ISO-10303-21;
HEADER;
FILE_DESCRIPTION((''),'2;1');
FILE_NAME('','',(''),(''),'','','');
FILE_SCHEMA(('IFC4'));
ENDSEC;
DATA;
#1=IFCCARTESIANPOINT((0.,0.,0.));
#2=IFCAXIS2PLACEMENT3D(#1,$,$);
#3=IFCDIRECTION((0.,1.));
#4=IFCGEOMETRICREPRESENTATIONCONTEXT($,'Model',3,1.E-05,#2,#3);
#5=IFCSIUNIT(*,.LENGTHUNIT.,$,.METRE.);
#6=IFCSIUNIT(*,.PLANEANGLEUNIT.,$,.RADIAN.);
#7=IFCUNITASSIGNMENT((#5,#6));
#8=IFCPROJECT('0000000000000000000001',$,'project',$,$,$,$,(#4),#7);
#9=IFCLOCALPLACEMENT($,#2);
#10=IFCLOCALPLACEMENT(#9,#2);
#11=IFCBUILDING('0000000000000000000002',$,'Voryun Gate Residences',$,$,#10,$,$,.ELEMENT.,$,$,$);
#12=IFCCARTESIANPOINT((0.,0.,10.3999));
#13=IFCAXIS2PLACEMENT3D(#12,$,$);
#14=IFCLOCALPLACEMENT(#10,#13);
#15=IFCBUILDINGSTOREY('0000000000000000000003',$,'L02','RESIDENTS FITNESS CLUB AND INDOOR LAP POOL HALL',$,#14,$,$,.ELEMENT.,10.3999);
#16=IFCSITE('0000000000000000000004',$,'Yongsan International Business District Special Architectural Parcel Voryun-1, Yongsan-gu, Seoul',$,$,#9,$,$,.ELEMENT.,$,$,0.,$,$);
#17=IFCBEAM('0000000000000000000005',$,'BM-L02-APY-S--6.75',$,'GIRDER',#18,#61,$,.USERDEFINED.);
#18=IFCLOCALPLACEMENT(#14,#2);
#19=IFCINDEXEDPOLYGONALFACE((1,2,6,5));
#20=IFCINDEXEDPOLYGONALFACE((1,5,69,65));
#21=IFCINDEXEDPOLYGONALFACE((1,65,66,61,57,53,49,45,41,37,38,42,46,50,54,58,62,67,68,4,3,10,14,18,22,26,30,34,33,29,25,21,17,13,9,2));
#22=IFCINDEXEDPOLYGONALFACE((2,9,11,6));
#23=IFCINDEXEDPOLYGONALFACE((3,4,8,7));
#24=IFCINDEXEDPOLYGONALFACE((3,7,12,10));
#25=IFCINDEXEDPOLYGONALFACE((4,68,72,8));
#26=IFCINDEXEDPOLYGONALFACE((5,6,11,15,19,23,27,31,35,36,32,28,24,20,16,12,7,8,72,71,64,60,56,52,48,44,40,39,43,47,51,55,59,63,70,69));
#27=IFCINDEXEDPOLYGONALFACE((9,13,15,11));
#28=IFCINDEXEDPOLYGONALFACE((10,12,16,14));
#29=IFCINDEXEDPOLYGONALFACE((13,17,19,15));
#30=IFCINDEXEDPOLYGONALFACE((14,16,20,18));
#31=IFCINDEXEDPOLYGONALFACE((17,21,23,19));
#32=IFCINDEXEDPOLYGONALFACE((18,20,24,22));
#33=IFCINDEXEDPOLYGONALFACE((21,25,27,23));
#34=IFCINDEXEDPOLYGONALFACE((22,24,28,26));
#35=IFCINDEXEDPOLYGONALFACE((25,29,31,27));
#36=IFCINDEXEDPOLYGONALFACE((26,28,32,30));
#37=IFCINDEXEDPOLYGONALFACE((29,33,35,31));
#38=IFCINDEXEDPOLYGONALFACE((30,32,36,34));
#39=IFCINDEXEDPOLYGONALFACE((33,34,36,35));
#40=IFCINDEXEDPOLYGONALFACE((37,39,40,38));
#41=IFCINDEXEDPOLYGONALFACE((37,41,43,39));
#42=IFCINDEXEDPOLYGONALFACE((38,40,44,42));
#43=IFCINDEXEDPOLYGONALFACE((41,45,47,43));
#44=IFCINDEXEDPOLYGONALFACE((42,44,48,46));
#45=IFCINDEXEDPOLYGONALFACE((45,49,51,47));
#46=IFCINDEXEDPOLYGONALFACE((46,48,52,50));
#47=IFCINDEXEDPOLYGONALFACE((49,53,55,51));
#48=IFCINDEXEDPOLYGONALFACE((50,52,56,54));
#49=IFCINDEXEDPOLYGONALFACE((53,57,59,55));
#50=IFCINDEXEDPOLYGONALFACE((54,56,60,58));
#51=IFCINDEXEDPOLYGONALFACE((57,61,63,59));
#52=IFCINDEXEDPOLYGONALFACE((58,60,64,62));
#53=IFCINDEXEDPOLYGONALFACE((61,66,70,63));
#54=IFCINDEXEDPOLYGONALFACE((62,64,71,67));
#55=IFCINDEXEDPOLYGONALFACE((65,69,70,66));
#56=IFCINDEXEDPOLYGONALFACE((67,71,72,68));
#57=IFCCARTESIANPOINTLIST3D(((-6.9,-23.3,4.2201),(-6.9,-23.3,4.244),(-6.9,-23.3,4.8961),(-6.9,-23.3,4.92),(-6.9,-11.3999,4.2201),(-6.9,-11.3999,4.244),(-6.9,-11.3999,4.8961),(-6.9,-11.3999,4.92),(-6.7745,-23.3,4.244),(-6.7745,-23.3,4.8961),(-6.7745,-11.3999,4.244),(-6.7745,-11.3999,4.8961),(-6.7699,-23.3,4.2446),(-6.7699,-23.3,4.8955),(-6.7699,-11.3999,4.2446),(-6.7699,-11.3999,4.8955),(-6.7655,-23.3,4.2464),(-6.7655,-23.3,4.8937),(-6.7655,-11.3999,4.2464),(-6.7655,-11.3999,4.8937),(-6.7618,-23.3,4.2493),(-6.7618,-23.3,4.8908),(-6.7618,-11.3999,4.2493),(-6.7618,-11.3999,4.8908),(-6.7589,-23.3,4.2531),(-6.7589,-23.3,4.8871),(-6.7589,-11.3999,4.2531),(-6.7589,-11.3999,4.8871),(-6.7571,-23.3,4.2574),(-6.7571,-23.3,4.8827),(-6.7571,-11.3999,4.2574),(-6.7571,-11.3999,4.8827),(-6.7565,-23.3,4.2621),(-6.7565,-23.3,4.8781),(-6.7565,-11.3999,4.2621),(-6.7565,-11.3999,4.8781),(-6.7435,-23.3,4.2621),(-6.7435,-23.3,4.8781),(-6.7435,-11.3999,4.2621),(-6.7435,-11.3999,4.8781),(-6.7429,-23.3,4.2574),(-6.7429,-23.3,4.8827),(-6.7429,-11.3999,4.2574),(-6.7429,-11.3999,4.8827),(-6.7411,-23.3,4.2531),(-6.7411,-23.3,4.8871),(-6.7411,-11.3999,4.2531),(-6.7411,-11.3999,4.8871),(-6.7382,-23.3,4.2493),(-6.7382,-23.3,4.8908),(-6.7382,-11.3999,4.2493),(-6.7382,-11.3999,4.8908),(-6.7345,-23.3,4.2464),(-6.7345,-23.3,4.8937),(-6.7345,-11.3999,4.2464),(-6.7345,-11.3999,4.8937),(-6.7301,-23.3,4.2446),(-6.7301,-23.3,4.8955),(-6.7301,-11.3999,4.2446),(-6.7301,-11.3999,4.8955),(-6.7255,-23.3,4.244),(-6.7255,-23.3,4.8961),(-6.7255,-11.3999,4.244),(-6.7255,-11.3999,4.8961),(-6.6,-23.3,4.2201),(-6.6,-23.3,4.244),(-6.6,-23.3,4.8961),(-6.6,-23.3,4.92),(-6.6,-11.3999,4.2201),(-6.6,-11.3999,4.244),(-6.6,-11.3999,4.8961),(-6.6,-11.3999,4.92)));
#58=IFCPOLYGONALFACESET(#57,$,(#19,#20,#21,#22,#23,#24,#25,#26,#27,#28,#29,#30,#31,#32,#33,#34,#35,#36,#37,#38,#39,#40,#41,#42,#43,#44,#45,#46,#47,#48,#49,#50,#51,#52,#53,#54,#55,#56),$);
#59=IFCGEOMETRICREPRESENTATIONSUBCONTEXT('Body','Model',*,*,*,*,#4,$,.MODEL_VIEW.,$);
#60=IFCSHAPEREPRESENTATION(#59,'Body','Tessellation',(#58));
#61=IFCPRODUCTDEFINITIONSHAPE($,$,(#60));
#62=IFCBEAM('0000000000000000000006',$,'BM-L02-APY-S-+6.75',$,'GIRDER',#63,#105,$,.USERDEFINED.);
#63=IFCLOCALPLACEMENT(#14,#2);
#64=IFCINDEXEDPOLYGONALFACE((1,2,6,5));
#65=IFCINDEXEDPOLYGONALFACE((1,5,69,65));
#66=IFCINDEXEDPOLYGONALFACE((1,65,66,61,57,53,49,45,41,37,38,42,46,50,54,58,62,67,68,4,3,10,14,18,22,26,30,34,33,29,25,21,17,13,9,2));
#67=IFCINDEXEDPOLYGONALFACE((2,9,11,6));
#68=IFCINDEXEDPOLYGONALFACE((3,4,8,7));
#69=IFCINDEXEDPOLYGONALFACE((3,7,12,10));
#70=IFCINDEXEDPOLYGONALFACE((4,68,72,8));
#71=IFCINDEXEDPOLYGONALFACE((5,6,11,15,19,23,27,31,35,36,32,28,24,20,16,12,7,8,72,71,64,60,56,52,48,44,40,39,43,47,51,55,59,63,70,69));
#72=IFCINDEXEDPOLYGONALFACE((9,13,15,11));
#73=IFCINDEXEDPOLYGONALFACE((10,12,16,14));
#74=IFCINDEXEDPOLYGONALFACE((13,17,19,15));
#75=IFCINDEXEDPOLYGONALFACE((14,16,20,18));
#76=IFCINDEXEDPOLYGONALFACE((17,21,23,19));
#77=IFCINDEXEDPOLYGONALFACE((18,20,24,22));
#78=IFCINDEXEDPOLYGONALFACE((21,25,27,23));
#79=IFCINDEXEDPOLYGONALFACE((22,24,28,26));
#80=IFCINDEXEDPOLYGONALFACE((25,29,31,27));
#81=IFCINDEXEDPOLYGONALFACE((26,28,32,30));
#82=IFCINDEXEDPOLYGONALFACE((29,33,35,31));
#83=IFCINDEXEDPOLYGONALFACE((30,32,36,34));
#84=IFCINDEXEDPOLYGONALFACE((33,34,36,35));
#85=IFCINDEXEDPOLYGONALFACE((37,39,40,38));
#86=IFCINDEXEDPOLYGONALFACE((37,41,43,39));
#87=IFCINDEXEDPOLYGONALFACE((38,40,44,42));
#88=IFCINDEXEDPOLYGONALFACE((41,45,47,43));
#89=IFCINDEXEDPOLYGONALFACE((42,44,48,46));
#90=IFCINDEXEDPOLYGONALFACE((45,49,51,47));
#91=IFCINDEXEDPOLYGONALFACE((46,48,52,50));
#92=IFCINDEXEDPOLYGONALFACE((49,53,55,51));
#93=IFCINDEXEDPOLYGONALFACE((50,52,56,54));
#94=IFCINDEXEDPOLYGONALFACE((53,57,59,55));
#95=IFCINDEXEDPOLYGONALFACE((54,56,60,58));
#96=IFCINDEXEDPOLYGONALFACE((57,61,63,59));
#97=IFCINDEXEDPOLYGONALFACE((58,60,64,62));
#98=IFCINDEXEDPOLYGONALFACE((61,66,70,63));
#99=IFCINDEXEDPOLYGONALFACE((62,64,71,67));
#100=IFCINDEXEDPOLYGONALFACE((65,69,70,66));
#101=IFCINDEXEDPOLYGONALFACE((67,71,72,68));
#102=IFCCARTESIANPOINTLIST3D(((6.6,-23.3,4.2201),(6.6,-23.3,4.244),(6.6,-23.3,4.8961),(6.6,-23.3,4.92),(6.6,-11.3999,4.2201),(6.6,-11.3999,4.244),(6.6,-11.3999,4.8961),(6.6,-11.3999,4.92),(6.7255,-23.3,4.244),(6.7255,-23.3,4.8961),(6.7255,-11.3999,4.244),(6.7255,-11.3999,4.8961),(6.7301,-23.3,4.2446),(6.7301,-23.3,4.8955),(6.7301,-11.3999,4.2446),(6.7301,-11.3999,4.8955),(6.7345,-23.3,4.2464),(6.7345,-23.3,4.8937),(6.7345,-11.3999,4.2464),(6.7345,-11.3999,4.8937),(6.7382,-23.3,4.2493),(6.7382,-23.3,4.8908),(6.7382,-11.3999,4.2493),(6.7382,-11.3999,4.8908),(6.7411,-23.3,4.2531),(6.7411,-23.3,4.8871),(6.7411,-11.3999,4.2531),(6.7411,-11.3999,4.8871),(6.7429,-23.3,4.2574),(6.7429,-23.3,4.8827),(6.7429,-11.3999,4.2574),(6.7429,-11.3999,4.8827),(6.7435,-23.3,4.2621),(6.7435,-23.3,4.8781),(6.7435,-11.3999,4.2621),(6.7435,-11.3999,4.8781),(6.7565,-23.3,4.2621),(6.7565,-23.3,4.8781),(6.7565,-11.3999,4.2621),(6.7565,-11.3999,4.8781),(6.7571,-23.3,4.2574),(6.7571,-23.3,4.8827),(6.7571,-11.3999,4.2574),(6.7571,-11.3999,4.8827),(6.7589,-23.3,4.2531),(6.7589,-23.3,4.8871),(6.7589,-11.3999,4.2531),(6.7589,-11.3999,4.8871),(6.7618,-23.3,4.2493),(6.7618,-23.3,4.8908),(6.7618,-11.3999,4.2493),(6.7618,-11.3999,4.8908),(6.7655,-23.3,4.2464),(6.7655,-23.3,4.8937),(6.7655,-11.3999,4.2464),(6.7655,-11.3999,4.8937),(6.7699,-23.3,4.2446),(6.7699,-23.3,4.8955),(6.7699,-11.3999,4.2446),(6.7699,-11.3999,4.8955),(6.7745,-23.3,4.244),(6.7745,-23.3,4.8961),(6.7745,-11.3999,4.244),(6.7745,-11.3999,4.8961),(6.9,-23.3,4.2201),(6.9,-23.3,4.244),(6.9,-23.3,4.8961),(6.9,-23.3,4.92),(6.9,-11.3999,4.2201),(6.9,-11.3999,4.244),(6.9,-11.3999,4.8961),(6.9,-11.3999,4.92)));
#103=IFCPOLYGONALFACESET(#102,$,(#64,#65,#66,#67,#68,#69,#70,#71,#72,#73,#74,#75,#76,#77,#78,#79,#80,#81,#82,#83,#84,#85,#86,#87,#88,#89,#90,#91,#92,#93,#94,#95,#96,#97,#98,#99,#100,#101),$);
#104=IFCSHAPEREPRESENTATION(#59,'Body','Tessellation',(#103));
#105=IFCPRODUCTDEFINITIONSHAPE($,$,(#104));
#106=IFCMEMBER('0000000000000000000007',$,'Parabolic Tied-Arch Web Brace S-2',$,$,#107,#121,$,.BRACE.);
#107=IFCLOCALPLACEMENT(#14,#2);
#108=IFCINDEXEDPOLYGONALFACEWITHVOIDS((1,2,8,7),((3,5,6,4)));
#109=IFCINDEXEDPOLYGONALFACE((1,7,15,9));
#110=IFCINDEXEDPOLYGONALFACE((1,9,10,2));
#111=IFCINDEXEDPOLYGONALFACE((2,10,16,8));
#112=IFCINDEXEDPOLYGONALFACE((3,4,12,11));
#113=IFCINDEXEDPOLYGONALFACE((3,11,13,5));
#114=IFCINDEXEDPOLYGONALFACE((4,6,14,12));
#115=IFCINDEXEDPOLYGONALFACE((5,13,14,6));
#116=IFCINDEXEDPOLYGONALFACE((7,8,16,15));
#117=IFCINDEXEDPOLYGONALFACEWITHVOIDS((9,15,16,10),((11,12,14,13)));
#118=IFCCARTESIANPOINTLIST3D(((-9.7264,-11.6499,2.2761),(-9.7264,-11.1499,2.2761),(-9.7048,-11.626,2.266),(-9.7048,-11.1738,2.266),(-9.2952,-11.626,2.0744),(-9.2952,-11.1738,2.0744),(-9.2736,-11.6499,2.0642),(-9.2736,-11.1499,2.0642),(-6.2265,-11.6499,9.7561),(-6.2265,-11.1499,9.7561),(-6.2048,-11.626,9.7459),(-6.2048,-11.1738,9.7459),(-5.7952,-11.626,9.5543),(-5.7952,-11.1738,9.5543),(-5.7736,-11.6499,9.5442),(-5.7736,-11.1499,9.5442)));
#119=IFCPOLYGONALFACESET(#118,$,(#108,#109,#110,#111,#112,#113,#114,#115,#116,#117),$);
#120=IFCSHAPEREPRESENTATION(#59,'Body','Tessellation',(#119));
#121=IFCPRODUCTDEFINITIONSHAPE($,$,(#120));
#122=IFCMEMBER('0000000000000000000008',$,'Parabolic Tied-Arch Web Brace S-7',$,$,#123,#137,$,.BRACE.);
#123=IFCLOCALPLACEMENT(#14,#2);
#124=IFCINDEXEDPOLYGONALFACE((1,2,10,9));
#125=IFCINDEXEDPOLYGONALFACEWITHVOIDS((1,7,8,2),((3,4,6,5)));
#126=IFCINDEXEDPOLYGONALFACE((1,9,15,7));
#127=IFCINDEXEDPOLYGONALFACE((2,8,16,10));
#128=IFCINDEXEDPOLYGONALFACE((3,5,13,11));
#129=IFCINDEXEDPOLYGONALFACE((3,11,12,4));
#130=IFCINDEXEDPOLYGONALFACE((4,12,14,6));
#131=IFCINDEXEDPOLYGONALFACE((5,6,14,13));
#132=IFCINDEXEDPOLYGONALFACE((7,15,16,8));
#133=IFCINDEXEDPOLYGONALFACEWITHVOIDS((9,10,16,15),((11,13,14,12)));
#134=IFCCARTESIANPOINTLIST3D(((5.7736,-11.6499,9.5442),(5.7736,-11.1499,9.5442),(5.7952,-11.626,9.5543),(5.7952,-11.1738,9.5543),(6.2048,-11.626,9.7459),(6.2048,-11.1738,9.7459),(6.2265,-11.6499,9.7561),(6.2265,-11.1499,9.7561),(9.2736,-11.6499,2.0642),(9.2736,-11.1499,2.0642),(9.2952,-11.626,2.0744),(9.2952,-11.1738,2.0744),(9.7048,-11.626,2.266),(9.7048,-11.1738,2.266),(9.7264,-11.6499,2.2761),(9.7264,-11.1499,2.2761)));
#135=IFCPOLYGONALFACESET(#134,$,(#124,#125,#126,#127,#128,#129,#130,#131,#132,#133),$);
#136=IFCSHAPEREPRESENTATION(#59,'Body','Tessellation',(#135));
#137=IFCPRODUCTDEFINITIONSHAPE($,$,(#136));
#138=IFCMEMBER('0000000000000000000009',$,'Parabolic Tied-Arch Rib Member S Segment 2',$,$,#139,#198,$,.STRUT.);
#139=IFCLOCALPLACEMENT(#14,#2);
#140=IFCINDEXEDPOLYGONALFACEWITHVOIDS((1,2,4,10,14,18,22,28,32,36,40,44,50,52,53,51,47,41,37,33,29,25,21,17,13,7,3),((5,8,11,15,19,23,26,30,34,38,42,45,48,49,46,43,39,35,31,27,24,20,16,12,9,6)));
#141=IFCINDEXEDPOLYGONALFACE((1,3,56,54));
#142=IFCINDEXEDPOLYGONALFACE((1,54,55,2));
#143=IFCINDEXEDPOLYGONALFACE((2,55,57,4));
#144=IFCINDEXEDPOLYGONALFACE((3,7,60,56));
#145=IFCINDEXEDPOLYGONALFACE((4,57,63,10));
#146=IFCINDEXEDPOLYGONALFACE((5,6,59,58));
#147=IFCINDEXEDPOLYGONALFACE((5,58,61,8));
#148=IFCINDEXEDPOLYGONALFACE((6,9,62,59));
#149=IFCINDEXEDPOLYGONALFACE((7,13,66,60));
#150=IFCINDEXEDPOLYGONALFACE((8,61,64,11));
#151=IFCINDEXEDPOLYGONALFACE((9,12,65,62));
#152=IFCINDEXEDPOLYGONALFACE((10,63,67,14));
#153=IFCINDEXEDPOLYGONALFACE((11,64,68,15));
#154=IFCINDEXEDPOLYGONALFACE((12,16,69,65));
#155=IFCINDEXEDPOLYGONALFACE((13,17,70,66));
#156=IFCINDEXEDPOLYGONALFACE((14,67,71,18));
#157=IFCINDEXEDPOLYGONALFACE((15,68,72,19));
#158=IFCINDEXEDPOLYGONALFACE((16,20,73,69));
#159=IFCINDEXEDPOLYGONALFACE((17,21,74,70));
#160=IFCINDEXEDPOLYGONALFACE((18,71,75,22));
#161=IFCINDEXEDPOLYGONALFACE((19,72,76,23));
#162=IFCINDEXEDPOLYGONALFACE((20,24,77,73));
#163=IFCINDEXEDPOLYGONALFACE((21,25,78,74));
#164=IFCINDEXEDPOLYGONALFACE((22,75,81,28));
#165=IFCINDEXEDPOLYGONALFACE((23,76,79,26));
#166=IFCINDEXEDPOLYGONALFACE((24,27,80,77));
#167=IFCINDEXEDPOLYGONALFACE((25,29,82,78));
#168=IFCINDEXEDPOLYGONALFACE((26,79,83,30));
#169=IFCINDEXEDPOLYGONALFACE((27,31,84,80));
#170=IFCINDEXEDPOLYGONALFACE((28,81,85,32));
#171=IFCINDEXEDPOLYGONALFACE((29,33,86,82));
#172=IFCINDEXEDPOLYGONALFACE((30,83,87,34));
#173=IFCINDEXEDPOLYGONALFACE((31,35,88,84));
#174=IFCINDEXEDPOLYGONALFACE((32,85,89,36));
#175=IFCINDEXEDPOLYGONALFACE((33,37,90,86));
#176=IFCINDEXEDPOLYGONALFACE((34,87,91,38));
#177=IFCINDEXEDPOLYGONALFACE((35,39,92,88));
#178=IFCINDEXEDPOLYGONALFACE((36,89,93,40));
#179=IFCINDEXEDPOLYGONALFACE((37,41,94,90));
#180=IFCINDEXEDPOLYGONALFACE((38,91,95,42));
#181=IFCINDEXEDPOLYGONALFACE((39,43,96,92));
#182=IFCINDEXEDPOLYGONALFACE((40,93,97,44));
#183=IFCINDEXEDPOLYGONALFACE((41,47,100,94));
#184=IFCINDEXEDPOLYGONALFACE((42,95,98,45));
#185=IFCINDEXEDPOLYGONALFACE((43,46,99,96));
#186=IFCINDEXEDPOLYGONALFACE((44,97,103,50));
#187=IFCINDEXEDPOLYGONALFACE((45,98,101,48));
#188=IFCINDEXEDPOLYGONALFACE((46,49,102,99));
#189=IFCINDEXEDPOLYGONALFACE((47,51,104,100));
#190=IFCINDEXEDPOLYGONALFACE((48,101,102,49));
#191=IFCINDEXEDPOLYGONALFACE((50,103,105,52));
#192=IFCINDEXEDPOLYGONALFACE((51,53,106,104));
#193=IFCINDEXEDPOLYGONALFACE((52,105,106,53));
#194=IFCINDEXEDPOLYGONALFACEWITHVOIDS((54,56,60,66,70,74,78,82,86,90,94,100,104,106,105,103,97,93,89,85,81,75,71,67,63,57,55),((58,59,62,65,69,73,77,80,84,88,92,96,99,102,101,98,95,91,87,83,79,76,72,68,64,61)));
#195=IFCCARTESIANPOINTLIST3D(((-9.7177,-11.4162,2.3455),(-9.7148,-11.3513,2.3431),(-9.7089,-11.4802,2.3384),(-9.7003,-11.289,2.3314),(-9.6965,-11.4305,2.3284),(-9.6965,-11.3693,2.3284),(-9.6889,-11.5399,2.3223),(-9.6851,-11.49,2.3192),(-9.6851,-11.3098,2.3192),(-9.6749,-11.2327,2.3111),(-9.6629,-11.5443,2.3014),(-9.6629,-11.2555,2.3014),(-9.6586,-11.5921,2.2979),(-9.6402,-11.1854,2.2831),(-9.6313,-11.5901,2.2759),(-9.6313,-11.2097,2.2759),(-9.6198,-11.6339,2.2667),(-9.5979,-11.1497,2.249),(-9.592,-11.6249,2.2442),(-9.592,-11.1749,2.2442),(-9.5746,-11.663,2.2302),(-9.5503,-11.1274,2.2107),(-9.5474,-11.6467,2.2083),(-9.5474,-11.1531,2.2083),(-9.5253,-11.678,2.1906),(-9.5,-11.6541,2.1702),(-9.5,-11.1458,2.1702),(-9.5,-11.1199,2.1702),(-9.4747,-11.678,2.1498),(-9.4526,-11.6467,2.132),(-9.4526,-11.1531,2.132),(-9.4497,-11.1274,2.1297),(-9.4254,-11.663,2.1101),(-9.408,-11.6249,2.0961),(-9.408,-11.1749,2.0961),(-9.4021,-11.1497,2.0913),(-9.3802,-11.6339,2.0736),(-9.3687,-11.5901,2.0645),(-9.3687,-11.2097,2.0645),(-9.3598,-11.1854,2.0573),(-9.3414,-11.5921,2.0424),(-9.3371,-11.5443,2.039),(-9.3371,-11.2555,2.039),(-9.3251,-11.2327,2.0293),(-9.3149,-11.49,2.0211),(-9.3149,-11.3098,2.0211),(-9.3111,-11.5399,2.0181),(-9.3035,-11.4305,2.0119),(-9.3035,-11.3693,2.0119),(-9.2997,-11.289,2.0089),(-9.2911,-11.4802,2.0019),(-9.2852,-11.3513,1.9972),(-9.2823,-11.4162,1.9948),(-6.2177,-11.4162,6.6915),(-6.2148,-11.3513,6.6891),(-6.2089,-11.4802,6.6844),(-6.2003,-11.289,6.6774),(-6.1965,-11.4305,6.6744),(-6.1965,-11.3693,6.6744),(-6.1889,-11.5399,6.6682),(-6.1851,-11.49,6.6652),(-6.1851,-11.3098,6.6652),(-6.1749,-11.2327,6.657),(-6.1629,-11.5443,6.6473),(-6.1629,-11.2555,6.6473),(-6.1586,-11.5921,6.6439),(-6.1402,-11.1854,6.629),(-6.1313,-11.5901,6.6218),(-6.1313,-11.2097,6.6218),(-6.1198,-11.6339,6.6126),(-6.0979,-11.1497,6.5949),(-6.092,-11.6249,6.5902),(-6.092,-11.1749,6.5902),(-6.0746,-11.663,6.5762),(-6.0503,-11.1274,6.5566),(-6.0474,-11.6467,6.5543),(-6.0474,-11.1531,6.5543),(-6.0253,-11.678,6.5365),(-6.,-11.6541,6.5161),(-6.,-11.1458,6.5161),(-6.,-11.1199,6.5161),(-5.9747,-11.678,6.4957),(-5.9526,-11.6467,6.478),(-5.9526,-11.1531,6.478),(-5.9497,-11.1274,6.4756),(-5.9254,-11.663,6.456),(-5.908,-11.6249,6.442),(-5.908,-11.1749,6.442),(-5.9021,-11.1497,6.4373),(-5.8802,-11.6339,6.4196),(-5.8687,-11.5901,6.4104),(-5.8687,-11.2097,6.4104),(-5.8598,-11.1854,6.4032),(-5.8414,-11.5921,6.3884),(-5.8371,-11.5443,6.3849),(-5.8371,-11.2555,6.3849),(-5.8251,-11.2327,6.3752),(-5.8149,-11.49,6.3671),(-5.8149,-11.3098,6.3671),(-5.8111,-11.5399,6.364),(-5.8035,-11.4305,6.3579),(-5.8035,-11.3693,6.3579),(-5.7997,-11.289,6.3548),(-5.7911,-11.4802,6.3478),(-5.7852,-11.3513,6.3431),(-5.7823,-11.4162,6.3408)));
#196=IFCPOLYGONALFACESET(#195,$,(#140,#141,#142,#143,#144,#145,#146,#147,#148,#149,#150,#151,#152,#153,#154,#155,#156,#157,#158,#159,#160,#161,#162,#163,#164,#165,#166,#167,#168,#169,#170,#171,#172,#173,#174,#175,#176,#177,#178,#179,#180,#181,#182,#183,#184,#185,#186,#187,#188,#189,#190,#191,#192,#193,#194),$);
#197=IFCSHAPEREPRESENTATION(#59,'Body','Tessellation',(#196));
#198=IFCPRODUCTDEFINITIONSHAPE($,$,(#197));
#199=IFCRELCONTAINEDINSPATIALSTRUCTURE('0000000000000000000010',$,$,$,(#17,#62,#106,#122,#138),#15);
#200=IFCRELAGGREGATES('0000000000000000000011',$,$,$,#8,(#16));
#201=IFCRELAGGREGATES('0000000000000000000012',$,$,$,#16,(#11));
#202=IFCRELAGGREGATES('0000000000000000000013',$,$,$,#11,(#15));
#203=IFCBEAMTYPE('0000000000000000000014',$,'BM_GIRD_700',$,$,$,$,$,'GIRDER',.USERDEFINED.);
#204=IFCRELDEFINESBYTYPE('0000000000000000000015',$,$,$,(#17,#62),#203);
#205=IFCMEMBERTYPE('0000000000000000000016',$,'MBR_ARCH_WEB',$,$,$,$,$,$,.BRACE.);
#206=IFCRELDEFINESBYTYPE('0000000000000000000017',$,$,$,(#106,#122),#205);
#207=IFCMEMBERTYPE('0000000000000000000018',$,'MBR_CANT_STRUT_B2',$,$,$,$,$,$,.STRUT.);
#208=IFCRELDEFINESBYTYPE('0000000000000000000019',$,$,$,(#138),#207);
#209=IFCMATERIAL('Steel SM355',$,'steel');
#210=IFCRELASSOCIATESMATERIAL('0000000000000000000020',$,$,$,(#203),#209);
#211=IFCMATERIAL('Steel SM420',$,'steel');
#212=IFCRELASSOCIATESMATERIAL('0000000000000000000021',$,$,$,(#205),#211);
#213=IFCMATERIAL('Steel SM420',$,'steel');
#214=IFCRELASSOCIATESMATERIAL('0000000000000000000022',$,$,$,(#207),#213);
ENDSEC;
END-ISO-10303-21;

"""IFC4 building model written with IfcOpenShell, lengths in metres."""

from ifc_helpers import new_model, si_unit, direction, frame, origin, origin_2d, place, context, subcontext, project, spatial, hollow_rectangle, hollow_circle, i_section, extrude, material, material_profile, profile_set, type_object, element, save


model = new_model("IFC4")

# Units and contexts
model_context = context("Model", 3, precision=1e-05, world=origin(), true_north=direction((0.0, 1.0)))
body_context = subcontext(model_context, "Body", "Model", "MODEL_VIEW")
ifc_project = project(units=[si_unit("LENGTHUNIT", "METRE"), si_unit("PLANEANGLEUNIT", "RADIAN")], contexts=[model_context])

# Site, building, storey
site_placement = place(None, origin())
site = spatial("IfcSite", under=ifc_project, at=site_placement, Name="Yongsan International Business District Special Architectural Parcel Voryun-1, Yongsan-gu, Seoul", CompositionType="ELEMENT", RefElevation=0.0)
building_placement = place(site_placement, origin())
building = spatial("IfcBuilding", under=site, at=building_placement, Name="Voryun Gate Residences", CompositionType="ELEMENT")
storey_placement = place(building_placement, frame((0.0, 0.0, 10.3999)))
storey = spatial("IfcBuildingStorey", under=building, at=storey_placement, Name="L02", Description="RESIDENTS FITNESS CLUB AND INDOOR LAP POOL HALL", CompositionType="ELEMENT", Elevation=10.3999)

# Beams
ifc_material_1 = material(Name="Steel SM355", Category="steel")
ifc_material_profile_1 = material_profile(ifc_material_1, i_section(OverallWidth=0.3, OverallDepth=0.7, WebThickness=0.0129, FlangeThickness=0.0239, FilletRadius=0.0181, at=origin_2d()), Name="H-700x300x13x24")
ifc_profile_set_1 = profile_set([ifc_material_profile_1], Name="Steel SM355")
beam_type = type_object("IfcBeamType", Name="BM_GIRD_700", ElementType="GIRDER", PredefinedType="USERDEFINED", material=ifc_profile_set_1)
for number, where, z_axis, x_axis, name in (
    (1, (-6.75, -23.3, 4.5701), (0.0, 1.0, 0.0), (-1.0, 0.0, 0.0), "BM-L02-APY-S--6.75"),
    (2, (6.75, -23.3, 4.5701), (0.0, 1.0, 0.0), (-1.0, 0.0, 0.0), "BM-L02-APY-S-+6.75"),
):
    element("IfcBeam", number, at=place(storey_placement, frame(where, z_axis=z_axis, x_axis=x_axis)), inside=storey, type_object=beam_type, Name=name, ObjectType="GIRDER", PredefinedType="USERDEFINED", context=body_context, shape_type="SweptSolid", body=[
        extrude(i_section(OverallWidth=0.3, OverallDepth=0.7, WebThickness=0.0129, FlangeThickness=0.0239, FilletRadius=0.0181, at=origin_2d()), origin(), (0.0, 0.0, 1.0), 11.9001),
    ])

# Members
ifc_material_2 = material(Name="Steel SM420", Category="steel")
ifc_material_profile_2 = material_profile(ifc_material_2, hollow_rectangle(XDim=0.5, YDim=0.5, WallThickness=0.0239, at=origin_2d()), Name="BOX-500x500x24")
ifc_profile_set_2 = profile_set([ifc_material_profile_2], Name="Steel SM420")
member_type_1 = type_object("IfcMemberType", Name="MBR_ARCH_WEB", PredefinedType="BRACE", material=ifc_profile_set_2)
for number, where, z_axis, x_axis, name in (
    (3, (-9.5, -11.3999, 2.1702), (0.423814, 0.0, 0.905749), (0.0, 1.0, 0.0), "Parabolic Tied-Arch Web Brace S-2"),
    (4, (9.5, -11.3999, 2.1702), (-0.423814, 0.0, 0.905749), (0.0, -1.0, 0.0), "Parabolic Tied-Arch Web Brace S-7"),
):
    element("IfcMember", number, at=place(storey_placement, frame(where, z_axis=z_axis, x_axis=x_axis)), inside=storey, type_object=member_type_1, Name=name, PredefinedType="BRACE", context=body_context, shape_type="SweptSolid", body=[
        extrude(hollow_rectangle(XDim=0.5, YDim=0.5, WallThickness=0.0239, at=origin_2d()), origin(), (0.0, 0.0, 1.0), 8.2583),
    ])
ifc_material_3 = material(Name="Steel SM420", Category="steel")
ifc_material_profile_3 = material_profile(ifc_material_3, hollow_circle(Radius=0.28, WallThickness=0.0259, at=origin_2d()), Name="CHS-560x26")
ifc_profile_set_3 = profile_set([ifc_material_profile_3], Name="Steel SM420")
member_type_2 = type_object("IfcMemberType", Name="MBR_CANT_STRUT_B2", PredefinedType="STRUT", material=ifc_profile_set_3)
for number, where, z_axis, x_axis, name in (
    (5, (-9.5, -11.3999, 2.1702), (0.627232, 0.0, 0.778833), (0.0, 1.0, 0.0), "Parabolic Tied-Arch Rib Member S Segment 2"),
):
    element("IfcMember", number, at=place(storey_placement, frame(where, z_axis=z_axis, x_axis=x_axis)), inside=storey, type_object=member_type_2, Name=name, PredefinedType="STRUT", context=body_context, shape_type="SweptSolid", body=[
        extrude(hollow_circle(Radius=0.28, WallThickness=0.0259, at=origin_2d()), origin(), (0.0, 0.0, 1.0), 5.5801),
    ])

save(model, "model.ifc")
